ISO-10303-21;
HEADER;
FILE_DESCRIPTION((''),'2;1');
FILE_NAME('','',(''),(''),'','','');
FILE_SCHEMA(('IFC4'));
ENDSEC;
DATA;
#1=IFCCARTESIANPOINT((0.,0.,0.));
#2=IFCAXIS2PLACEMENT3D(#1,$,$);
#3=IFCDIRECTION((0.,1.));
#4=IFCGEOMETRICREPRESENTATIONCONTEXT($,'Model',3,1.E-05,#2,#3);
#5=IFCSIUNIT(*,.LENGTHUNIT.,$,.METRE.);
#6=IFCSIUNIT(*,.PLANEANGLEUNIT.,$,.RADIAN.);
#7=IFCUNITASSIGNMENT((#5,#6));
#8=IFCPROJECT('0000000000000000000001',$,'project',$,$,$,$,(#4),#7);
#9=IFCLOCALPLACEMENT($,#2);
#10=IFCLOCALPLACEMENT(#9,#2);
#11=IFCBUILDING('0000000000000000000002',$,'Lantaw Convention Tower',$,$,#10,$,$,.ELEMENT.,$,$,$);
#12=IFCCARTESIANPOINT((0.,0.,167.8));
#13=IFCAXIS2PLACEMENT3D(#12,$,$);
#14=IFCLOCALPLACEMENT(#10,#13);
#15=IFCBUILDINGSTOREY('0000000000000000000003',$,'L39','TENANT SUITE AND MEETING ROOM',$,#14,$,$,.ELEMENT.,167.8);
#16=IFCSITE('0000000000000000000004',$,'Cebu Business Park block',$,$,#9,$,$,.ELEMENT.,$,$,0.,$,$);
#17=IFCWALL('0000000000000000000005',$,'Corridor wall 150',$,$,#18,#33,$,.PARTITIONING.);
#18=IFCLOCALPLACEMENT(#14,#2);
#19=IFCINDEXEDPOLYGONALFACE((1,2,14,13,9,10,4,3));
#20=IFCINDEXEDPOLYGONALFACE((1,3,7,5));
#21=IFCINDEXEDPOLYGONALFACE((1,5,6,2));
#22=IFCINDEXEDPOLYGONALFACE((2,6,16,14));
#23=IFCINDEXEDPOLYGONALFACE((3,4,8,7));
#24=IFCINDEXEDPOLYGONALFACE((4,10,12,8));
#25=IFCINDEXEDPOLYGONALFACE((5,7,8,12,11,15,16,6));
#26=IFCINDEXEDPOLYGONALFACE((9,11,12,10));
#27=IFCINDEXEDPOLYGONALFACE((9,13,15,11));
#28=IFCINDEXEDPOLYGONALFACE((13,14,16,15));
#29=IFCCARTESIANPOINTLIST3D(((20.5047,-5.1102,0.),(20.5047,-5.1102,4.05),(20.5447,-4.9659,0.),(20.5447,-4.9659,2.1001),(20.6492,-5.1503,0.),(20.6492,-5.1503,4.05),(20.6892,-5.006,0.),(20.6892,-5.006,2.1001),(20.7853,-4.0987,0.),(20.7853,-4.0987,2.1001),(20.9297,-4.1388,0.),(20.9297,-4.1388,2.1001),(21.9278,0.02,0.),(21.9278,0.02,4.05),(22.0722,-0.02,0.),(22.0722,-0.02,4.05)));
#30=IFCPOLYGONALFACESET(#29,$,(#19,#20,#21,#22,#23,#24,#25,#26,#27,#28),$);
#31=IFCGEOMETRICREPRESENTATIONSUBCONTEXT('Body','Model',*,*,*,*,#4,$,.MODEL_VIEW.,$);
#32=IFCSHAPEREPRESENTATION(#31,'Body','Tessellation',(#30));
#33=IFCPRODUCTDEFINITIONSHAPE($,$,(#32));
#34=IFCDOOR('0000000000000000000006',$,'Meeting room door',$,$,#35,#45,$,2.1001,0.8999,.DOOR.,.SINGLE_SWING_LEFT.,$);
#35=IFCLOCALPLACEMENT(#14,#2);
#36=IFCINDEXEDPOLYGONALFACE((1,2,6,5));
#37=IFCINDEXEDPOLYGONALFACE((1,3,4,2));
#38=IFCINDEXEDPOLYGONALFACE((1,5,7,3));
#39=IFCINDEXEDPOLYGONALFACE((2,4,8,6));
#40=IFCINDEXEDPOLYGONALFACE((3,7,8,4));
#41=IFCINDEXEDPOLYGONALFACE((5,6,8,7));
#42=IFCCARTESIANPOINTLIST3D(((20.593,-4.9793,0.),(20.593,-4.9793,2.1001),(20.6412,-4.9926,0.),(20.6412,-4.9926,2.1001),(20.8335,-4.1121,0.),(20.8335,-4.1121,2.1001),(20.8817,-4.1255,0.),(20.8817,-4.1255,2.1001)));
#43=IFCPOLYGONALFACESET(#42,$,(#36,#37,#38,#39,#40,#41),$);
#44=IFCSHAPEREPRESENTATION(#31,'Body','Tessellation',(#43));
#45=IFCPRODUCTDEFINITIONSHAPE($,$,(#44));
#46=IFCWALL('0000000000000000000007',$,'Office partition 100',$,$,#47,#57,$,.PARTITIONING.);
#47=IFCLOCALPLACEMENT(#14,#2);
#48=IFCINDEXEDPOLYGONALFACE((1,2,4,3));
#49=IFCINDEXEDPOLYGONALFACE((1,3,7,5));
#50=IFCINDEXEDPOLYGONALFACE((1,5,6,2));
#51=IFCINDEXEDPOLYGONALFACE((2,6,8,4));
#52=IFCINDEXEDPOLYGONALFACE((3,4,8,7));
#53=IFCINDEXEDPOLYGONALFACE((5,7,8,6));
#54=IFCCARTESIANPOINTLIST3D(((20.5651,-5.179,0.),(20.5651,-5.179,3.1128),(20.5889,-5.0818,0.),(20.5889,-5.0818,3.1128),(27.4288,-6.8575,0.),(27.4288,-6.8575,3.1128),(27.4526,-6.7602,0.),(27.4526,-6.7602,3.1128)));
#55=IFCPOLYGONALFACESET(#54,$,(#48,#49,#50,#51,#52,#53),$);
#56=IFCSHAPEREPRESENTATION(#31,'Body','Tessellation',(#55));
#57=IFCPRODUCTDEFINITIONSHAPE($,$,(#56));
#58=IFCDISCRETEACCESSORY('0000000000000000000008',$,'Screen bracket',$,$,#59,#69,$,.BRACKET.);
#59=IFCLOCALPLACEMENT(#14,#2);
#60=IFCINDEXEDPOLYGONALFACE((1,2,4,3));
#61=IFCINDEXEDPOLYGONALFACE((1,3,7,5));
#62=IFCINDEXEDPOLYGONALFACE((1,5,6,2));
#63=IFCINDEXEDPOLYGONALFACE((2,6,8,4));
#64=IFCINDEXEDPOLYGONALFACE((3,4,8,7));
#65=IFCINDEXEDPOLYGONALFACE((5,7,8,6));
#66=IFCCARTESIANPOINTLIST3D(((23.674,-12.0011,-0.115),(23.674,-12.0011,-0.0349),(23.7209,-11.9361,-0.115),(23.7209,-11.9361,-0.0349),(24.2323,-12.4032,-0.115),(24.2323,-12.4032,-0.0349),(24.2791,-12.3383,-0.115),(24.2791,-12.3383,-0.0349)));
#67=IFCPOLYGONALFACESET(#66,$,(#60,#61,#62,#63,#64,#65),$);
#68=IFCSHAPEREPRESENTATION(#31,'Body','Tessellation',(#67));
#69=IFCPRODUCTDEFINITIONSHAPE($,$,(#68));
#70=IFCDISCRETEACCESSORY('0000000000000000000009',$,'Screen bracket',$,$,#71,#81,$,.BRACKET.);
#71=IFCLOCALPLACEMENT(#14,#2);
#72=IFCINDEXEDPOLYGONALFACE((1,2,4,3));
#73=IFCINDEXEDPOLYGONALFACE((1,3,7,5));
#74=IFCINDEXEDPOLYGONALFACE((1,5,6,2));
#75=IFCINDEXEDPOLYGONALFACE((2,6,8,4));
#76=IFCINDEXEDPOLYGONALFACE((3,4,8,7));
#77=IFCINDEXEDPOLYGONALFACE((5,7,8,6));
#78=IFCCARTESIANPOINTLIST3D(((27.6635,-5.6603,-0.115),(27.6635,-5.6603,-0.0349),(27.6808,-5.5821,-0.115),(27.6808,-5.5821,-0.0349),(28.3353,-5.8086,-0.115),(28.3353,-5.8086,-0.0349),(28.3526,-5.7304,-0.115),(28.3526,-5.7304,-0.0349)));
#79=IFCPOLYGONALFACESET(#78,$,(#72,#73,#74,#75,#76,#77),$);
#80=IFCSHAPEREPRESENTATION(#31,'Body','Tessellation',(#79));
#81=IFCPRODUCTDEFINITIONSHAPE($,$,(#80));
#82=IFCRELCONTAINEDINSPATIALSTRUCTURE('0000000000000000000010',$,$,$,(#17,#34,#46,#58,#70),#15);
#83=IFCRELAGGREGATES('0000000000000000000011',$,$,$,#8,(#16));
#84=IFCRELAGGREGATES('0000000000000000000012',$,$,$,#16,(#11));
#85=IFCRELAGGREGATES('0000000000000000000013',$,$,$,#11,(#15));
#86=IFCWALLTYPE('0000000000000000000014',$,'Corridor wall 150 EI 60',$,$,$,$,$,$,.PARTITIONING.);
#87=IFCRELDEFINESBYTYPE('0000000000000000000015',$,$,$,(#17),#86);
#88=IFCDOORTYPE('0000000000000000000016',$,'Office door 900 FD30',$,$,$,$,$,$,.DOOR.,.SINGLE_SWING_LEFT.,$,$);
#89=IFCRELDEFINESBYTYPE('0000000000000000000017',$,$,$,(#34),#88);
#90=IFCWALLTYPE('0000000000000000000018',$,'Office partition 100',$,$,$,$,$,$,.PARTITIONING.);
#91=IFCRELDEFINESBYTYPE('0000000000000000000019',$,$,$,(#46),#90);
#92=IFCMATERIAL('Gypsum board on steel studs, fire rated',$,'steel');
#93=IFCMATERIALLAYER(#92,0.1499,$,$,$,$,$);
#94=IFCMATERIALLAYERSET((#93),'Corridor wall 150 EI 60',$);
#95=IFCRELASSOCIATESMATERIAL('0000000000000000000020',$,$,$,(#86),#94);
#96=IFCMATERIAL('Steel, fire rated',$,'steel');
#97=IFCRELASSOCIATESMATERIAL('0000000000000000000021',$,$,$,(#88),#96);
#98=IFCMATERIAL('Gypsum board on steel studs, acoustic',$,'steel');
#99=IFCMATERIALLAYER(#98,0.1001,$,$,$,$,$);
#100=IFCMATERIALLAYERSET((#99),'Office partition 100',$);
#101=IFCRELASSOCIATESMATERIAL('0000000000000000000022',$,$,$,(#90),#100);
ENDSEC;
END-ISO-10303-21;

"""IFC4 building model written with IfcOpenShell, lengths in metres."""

from ifc_helpers import new_model, si_unit, direction, frame, frame_2d, origin, origin_2d, place, context, subcontext, project, spatial, rectangle, extrude, material, layer, layer_set, type_object, element, fill, save


model = new_model("IFC4")

# Units and contexts
model_context = context("Model", 3, precision=1e-05, world=origin(), true_north=direction((0.0, 1.0)))
body_context = subcontext(model_context, "Body", "Model", "MODEL_VIEW")
ifc_project = project(units=[si_unit("LENGTHUNIT", "METRE"), si_unit("PLANEANGLEUNIT", "RADIAN")], contexts=[model_context])

# Site, building, storey
site_placement = place(None, origin())
site = spatial("IfcSite", under=ifc_project, at=site_placement, Name="Cebu Business Park block", CompositionType="ELEMENT", RefElevation=0.0)
building_placement = place(site_placement, origin())
building = spatial("IfcBuilding", under=site, at=building_placement, Name="Lantaw Convention Tower", CompositionType="ELEMENT")
storey_placement = place(building_placement, frame((0.0, 0.0, 167.8)))
storey = spatial("IfcBuildingStorey", under=building, at=storey_placement, Name="L39", Description="TENANT SUITE AND MEETING ROOM", CompositionType="ELEMENT", Elevation=167.8)

# Shared definitions
ifc_material_1 = material(Name="Gypsum board on steel studs, fire rated", Category="steel")
ifc_layer_1 = layer(ifc_material_1, 0.1499)
ifc_layer_set_1 = layer_set([ifc_layer_1], Name="Corridor wall 150 EI 60")
wall_type_1 = type_object("IfcWallType", Name="Corridor wall 150 EI 60", PredefinedType="PARTITIONING", material=ifc_layer_set_1)

# Wall, opening, door
wall_1_placement = place(storey_placement, frame((20.5769, -5.1304, 0.0), z_axis=(0.0, 0.0, 1.0), x_axis=(0.267294, 0.963615, 0.0)))
wall_1 = element("IfcWall", 1, at=wall_1_placement, inside=storey, type_object=wall_type_1, Name="Corridor wall 150", PredefinedType="PARTITIONING", context=body_context, shape_type="SweptSolid", body=[
    extrude(rectangle(XDim=5.324, YDim=0.1499, at=frame_2d((2.6621, 0.0))), origin(), (0.0, 0.0, 1.0), 4.05),
])
opening_placement = place(wall_1_placement, frame((0.1499, 0.0, 0.0)))
opening = element("IfcOpeningElement", 2, at=opening_placement, cuts=wall_1, PredefinedType="OPENING", context=body_context, shape_type="SweptSolid", body=[
    extrude(rectangle(XDim=0.8999, YDim=2.1001, at=frame_2d((0.45, 1.05))), frame((0.0, 0.085, 0.0), z_axis=(0.0, -1.0, 0.0), x_axis=(1.0, 0.0, 0.0)), (0.0, 0.0, 1.0), 0.1699),
])
ifc_material_2 = material(Name="Steel, fire rated", Category="steel")
door_type = type_object("IfcDoorType", Name="Office door 900 FD30", OperationType="SINGLE_SWING_LEFT", PredefinedType="DOOR", material=ifc_material_2)
door_placement = place(opening_placement, origin())
door = element("IfcDoor", 3, at=door_placement, inside=storey, type_object=door_type, Name="Meeting room door", OperationType="SINGLE_SWING_LEFT", OverallHeight=2.1001, OverallWidth=0.8999, PredefinedType="DOOR", context=body_context, shape_type="SweptSolid", body=[
    extrude(rectangle(XDim=0.8999, YDim=2.1001, at=frame_2d((0.45, 1.05))), frame((0.0, 0.0249, 0.0), z_axis=(0.0, -1.0, 0.0), x_axis=(1.0, 0.0, 0.0)), (0.0, 0.0, 1.0), 0.05),
])
fill(opening, door)

# Wall
ifc_material_3 = material(Name="Gypsum board on steel studs, acoustic", Category="steel")
ifc_layer_2 = layer(ifc_material_3, 0.1001)
ifc_layer_set_2 = layer_set([ifc_layer_2], Name="Office partition 100")
wall_type_2 = type_object("IfcWallType", Name="Office partition 100", PredefinedType="PARTITIONING", material=ifc_layer_set_2)
wall_2_placement = place(storey_placement, frame((27.4407, -6.8088, 0.0), z_axis=(0.0, 0.0, 1.0), x_axis=(-0.971378, 0.237541, 0.0)))
element("IfcWall", 4, at=wall_2_placement, inside=storey, type_object=wall_type_2, Name="Office partition 100", PredefinedType="PARTITIONING", context=body_context, shape_type="SweptSolid", body=[
    extrude(rectangle(XDim=7.0659, YDim=0.1001, at=frame_2d((3.533, 0.0))), origin(), (0.0, 0.0, 1.0), 3.1128),
])

# Discrete accessories
for number, where, z_axis, x_axis, name in (
    (5, (23.9766, -12.1697, -0.115), (0.0, 0.0, 1.0), (0.584513, 0.811385, 0.0), "Screen bracket"),
    (6, (28.0081, -5.6953, -0.115), (0.0, 0.0, 1.0), (0.215546, 0.976494, 0.0), "Screen bracket"),
):
    element("IfcDiscreteAccessory", number, at=place(storey_placement, frame(where, z_axis=z_axis, x_axis=x_axis)), inside=storey, Name=name, PredefinedType="BRACKET", context=body_context, shape_type="SweptSolid", body=[
        extrude(rectangle(XDim=0.0801, YDim=0.688, at=origin_2d()), origin(), (0.0, 0.0, 1.0), 0.0801),
    ])

save(model, "model.ifc")
